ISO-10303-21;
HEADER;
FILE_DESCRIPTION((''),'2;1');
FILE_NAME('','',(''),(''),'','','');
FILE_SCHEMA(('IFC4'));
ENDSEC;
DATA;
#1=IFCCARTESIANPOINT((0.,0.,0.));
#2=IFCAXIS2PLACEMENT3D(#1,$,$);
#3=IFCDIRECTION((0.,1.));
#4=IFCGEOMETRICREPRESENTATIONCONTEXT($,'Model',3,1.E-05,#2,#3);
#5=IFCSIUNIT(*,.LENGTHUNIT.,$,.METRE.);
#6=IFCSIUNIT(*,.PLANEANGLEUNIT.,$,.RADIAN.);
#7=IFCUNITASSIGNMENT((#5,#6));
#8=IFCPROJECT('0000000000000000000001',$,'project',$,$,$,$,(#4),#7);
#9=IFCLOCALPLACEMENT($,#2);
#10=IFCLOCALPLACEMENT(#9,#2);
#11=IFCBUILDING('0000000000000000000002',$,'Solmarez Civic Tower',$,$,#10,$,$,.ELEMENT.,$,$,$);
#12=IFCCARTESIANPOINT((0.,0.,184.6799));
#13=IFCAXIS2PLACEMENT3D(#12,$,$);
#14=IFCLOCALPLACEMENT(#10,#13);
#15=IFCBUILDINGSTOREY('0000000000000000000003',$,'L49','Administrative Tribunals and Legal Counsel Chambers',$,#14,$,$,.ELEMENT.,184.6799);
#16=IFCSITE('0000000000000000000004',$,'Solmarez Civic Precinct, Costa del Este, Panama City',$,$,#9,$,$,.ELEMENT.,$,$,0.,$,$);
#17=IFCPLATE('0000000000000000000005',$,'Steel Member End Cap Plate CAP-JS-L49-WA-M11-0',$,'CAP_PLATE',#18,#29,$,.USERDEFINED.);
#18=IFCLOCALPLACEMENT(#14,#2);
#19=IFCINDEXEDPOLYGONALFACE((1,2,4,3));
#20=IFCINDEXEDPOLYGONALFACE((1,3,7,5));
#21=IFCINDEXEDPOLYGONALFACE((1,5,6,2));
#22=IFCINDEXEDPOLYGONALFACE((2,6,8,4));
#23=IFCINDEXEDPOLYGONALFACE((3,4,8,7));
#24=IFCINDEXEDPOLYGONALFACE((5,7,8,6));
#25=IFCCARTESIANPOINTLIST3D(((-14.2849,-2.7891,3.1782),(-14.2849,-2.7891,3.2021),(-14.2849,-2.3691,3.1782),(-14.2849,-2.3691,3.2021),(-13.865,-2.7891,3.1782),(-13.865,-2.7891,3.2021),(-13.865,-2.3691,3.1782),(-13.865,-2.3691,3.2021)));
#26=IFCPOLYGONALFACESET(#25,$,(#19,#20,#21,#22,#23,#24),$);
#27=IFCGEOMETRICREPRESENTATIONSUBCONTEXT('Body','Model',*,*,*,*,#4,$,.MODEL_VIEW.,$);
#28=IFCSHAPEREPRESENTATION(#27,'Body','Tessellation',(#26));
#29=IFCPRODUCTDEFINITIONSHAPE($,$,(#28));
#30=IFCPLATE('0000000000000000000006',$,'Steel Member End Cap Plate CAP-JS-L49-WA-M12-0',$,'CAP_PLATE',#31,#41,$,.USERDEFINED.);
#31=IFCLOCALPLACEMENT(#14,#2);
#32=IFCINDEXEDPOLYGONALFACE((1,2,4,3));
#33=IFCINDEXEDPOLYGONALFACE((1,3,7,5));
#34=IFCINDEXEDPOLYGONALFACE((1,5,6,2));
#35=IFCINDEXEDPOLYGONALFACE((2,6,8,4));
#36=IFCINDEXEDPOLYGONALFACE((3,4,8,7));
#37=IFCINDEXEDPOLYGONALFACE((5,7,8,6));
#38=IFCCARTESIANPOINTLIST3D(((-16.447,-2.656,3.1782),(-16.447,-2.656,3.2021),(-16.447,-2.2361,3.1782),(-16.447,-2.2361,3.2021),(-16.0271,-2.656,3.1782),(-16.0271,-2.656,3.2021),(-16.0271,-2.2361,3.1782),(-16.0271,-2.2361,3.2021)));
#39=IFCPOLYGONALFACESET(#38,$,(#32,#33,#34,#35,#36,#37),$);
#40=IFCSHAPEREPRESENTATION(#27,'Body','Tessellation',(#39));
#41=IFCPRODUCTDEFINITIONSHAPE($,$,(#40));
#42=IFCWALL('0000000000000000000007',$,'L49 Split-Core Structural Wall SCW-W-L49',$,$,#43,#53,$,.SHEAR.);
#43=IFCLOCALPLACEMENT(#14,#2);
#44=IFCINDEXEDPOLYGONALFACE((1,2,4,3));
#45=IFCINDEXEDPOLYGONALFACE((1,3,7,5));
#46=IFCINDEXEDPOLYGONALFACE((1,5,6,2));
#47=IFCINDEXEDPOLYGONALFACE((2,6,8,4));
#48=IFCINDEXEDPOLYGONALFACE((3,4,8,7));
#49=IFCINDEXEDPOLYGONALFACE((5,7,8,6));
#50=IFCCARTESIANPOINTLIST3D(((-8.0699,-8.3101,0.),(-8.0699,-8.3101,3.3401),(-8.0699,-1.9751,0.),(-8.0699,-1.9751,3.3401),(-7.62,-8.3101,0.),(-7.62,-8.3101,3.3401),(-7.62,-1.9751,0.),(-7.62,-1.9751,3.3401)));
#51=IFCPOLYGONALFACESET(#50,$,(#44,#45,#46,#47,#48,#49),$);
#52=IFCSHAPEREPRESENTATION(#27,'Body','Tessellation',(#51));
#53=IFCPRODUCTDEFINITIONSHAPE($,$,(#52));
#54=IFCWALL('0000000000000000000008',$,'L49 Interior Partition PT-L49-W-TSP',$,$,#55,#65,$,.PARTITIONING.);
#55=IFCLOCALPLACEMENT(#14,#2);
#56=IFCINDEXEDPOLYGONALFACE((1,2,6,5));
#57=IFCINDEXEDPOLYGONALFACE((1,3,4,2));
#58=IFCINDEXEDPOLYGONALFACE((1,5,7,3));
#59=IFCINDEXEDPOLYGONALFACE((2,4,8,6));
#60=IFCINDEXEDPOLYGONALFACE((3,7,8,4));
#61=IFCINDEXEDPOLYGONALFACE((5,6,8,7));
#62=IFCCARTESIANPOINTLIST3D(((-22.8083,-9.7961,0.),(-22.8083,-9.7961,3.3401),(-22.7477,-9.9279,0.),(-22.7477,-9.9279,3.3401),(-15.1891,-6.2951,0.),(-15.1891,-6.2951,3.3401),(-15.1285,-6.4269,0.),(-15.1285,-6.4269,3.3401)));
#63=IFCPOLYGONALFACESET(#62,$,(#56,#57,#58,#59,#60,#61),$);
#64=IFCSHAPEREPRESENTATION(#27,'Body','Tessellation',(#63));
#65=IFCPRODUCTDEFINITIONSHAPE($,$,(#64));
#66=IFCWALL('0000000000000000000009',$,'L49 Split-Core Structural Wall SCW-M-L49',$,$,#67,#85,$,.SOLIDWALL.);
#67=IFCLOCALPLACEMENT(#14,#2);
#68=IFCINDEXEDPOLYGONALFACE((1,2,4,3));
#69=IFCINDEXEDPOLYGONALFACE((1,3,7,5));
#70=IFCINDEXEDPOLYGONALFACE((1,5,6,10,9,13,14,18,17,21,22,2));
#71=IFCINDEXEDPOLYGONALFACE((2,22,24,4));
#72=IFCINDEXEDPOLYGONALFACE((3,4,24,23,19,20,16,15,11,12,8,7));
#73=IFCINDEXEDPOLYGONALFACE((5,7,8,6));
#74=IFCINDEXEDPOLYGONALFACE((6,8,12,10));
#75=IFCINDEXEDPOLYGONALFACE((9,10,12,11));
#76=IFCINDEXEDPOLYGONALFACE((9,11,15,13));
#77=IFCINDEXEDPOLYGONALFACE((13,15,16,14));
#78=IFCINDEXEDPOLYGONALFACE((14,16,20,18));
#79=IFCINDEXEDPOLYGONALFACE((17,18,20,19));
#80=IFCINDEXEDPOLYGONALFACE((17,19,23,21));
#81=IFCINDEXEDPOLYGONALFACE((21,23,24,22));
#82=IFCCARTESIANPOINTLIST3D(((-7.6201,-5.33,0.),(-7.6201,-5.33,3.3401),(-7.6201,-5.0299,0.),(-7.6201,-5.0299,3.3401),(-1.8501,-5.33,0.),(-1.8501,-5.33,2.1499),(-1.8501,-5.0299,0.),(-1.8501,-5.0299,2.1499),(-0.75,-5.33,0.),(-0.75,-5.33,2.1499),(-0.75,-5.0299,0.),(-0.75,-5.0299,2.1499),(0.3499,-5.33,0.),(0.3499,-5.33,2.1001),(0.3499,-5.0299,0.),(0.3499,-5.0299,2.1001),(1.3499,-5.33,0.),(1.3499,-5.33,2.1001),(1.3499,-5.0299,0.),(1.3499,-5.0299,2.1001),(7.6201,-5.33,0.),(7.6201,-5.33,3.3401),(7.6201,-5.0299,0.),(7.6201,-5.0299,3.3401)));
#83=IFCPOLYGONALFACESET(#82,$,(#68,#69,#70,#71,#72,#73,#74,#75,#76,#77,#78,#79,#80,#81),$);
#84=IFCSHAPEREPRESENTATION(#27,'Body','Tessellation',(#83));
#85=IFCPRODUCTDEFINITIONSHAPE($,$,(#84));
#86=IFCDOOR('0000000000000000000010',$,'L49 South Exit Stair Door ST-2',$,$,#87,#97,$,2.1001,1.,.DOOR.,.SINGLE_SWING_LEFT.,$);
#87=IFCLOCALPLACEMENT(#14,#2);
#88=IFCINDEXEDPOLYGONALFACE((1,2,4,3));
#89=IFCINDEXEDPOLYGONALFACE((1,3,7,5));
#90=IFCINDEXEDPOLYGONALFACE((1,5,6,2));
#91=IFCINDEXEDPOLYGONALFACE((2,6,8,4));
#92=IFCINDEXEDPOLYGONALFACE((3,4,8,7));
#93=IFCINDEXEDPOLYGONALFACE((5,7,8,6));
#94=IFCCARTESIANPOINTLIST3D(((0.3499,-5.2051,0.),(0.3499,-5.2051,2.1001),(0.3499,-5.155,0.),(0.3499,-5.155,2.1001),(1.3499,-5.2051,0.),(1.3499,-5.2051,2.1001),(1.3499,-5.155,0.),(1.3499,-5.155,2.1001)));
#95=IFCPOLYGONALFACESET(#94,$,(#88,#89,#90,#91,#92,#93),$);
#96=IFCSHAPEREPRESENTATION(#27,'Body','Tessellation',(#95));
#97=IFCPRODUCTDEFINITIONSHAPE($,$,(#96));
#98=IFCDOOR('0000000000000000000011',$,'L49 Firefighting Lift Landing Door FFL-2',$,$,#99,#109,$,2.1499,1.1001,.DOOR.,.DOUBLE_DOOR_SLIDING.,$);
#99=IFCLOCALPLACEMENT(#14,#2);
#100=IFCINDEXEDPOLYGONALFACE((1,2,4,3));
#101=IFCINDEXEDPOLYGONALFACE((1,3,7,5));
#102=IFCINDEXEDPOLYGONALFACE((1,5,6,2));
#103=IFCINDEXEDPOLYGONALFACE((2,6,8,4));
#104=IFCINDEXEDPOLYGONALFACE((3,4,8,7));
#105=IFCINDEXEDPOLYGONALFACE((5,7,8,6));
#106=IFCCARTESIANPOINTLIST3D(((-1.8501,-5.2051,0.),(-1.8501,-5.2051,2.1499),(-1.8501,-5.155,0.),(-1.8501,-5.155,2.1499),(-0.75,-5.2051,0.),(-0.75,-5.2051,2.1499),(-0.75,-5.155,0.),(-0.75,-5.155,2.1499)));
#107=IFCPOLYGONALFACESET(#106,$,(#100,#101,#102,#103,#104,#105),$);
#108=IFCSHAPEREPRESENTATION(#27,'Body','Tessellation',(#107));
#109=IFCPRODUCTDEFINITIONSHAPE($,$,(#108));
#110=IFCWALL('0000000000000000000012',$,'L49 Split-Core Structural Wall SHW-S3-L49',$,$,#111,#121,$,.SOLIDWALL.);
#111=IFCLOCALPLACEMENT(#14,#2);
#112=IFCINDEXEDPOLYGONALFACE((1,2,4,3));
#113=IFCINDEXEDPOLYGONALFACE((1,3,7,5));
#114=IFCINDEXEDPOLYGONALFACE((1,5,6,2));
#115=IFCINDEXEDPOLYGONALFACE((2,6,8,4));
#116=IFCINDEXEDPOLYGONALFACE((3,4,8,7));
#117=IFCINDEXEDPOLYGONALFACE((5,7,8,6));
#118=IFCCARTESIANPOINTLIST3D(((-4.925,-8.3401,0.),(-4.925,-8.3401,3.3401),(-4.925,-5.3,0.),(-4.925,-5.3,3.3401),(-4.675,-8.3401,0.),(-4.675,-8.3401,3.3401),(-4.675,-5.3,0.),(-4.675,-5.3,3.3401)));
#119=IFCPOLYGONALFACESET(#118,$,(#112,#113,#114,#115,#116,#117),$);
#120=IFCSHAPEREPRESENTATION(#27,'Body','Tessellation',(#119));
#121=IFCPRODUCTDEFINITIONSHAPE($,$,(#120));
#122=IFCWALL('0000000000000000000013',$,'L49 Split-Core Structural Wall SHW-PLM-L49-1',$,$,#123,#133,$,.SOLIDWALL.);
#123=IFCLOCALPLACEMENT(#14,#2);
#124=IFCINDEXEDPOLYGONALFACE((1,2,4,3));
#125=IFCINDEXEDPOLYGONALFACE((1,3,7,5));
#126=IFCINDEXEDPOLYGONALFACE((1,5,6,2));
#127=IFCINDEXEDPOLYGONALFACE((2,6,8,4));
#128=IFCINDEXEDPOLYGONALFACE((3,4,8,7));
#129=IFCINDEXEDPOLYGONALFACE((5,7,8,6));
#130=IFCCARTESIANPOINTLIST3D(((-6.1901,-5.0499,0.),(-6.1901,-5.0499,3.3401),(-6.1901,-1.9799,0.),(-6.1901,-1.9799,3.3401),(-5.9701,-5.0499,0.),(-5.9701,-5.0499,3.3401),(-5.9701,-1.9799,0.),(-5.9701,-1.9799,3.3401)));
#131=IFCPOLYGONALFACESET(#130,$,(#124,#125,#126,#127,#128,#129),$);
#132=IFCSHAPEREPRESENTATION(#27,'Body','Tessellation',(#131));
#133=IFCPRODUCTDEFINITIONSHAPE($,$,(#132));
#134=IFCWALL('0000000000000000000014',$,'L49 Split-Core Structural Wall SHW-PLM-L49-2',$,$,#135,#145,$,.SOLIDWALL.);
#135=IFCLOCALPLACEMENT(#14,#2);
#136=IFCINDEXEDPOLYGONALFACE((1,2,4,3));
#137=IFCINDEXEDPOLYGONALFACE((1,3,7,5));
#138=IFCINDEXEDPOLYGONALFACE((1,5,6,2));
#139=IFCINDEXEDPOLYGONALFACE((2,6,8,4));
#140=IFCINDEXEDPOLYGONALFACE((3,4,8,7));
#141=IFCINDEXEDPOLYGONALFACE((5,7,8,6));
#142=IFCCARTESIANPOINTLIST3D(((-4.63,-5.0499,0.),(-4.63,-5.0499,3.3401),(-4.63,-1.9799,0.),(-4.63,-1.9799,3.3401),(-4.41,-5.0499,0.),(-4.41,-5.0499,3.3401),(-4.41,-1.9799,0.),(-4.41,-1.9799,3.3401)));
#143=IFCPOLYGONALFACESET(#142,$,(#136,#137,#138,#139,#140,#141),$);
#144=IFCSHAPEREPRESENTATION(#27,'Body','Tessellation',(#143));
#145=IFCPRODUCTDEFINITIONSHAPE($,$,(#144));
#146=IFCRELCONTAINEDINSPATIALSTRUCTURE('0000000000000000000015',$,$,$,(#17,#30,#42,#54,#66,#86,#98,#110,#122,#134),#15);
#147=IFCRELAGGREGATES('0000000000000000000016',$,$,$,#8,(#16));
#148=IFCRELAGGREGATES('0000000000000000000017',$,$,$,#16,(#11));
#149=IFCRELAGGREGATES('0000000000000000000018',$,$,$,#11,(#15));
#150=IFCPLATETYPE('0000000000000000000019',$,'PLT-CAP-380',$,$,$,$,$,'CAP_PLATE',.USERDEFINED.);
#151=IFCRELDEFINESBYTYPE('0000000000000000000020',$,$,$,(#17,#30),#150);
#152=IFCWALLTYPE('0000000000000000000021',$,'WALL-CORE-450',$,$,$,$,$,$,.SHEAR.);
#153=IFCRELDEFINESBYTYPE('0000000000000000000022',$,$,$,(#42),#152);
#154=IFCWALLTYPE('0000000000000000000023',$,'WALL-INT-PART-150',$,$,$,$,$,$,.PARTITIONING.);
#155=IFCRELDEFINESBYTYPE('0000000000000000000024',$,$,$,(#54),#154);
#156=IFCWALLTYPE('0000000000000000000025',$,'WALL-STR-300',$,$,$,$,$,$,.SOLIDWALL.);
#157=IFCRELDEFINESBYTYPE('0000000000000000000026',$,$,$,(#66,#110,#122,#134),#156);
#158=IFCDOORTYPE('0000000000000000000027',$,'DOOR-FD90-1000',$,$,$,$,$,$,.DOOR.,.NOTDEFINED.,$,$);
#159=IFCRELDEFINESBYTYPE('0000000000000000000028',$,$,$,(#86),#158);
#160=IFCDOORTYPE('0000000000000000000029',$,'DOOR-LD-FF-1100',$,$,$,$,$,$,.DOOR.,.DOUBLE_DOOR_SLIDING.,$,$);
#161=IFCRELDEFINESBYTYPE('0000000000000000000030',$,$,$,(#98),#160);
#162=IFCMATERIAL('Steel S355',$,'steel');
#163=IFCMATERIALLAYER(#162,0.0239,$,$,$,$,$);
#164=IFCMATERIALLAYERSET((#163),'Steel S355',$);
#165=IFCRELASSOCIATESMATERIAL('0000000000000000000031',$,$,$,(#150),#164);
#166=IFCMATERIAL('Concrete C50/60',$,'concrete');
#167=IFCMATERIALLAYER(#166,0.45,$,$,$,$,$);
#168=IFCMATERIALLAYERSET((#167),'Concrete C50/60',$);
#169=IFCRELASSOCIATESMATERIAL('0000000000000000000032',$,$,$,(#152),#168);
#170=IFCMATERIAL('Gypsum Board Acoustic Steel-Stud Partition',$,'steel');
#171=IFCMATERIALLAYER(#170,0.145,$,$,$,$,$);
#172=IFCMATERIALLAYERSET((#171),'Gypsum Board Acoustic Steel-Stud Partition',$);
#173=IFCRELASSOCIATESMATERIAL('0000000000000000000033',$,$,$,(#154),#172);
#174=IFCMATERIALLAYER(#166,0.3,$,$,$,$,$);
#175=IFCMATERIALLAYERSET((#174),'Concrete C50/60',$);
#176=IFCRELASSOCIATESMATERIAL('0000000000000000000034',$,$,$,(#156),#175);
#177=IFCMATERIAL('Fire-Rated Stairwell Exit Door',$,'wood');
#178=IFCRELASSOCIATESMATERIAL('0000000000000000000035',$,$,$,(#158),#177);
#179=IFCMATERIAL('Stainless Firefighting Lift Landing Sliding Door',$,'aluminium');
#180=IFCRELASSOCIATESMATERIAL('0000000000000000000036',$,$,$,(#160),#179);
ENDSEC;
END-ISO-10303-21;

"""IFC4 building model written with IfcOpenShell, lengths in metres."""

from ifc_helpers import new_model, si_unit, direction, frame, frame_2d, origin, origin_2d, place, context, subcontext, project, spatial, rectangle, extrude, material, layer, layer_set, type_object, element, fill, save


model = new_model("IFC4")

# Units and contexts
model_context = context("Model", 3, precision=1e-05, world=origin(), true_north=direction((0.0, 1.0)))
body_context = subcontext(model_context, "Body", "Model", "MODEL_VIEW")
ifc_project = project(units=[si_unit("LENGTHUNIT", "METRE"), si_unit("PLANEANGLEUNIT", "RADIAN")], contexts=[model_context])

# Site, building, storey
site_placement = place(None, origin())
site = spatial("IfcSite", under=ifc_project, at=site_placement, Name="Solmarez Civic Precinct, Costa del Este, Panama City", CompositionType="ELEMENT", RefElevation=0.0)
building_placement = place(site_placement, origin())
building = spatial("IfcBuilding", under=site, at=building_placement, Name="Solmarez Civic Tower", CompositionType="ELEMENT")
storey_placement = place(building_placement, frame((0.0, 0.0, 184.6799)))
storey = spatial("IfcBuildingStorey", under=building, at=storey_placement, Name="L49", Description="Administrative Tribunals and Legal Counsel Chambers", CompositionType="ELEMENT", Elevation=184.6799)

# Shared definitions
ifc_material_1 = material(Name="Concrete C50/60", Category="concrete")

# Shared definitions
ifc_material_2 = material(Name="Steel S355", Category="steel")

# Plates
ifc_layer_1 = layer(ifc_material_2, 0.0239)
ifc_layer_set_1 = layer_set([ifc_layer_1], Name="Steel S355")
plate_type = type_object("IfcPlateType", Name="PLT-CAP-380", ElementType="CAP_PLATE", PredefinedType="USERDEFINED", material=ifc_layer_set_1)
for number, where, z_axis, x_axis, name in (
    (1, (-14.075, -2.5791, 3.1782), (0.0, 0.0, 1.0), (1.0, 0.0, 0.0), "Steel Member End Cap Plate CAP-JS-L49-WA-M11-0"),
    (2, (-16.2371, -2.446, 3.1782), (0.0, 0.0, 1.0), (1.0, 0.0, 0.0), "Steel Member End Cap Plate CAP-JS-L49-WA-M12-0"),
):
    element("IfcPlate", number, at=place(storey_placement, frame(where, z_axis=z_axis, x_axis=x_axis)), inside=storey, type_object=plate_type, Name=name, ObjectType="CAP_PLATE", PredefinedType="USERDEFINED", context=body_context, shape_type="SweptSolid", body=[
        extrude(rectangle(XDim=0.4199, YDim=0.4199, at=origin_2d()), origin(), (0.0, 0.0, 1.0), 0.0239),
    ])

# Walls
ifc_layer_2 = layer(ifc_material_1, 0.45)
ifc_layer_set_2 = layer_set([ifc_layer_2], Name="Concrete C50/60")
wall_type_1 = type_object("IfcWallType", Name="WALL-CORE-450", PredefinedType="SHEAR", material=ifc_layer_set_2)
wall_1_placement = place(storey_placement, frame((-7.845, -8.3101, 0.0), z_axis=(0.0, 0.0, 1.0), x_axis=(0.0, 1.0, 0.0)))
element("IfcWall", 3, at=wall_1_placement, inside=storey, type_object=wall_type_1, Name="L49 Split-Core Structural Wall SCW-W-L49", PredefinedType="SHEAR", context=body_context, shape_type="SweptSolid", body=[
    extrude(rectangle(XDim=6.335, YDim=0.45, at=frame_2d((3.1675, 0.0))), origin(), (0.0, 0.0, 1.0), 3.3401),
])
ifc_material_3 = material(Name="Gypsum Board Acoustic Steel-Stud Partition", Category="steel")
ifc_layer_3 = layer(ifc_material_3, 0.145)
ifc_layer_set_3 = layer_set([ifc_layer_3], Name="Gypsum Board Acoustic Steel-Stud Partition")
wall_type_2 = type_object("IfcWallType", Name="WALL-INT-PART-150", PredefinedType="PARTITIONING", material=ifc_layer_set_3)
wall_2_placement = place(storey_placement, frame((-15.1589, -6.3611, 0.0), z_axis=(0.0, 0.0, 1.0), x_axis=(-0.908664, -0.417529, 0.0)))
element("IfcWall", 4, at=wall_2_placement, inside=storey, type_object=wall_type_2, Name="L49 Interior Partition PT-L49-W-TSP", PredefinedType="PARTITIONING", context=body_context, shape_type="SweptSolid", body=[
    extrude(rectangle(XDim=8.385, YDim=0.145, at=frame_2d((4.1924, 0.0))), origin(), (0.0, 0.0, 1.0), 3.3401),
])

# Wall, openings, doors
ifc_layer_4 = layer(ifc_material_1, 0.3)
ifc_layer_set_4 = layer_set([ifc_layer_4], Name="Concrete C50/60")
wall_type_3 = type_object("IfcWallType", Name="WALL-STR-300", PredefinedType="SOLIDWALL", material=ifc_layer_set_4)
wall_3_placement = place(storey_placement, frame((-7.6201, -5.1799, 0.0), z_axis=(0.0, 0.0, 1.0), x_axis=(1.0, 0.0, 0.0)))
wall_3 = element("IfcWall", 5, at=wall_3_placement, inside=storey, type_object=wall_type_3, Name="L49 Split-Core Structural Wall SCW-M-L49", PredefinedType="SOLIDWALL", context=body_context, shape_type="SweptSolid", body=[
    extrude(rectangle(XDim=15.2402, YDim=0.3, at=frame_2d((7.6201, 0.0))), origin(), (0.0, 0.0, 1.0), 3.3401),
])
opening_1_placement = place(wall_3_placement, frame((5.77, 0.0, 0.0)))
opening_1 = element("IfcOpeningElement", 6, at=opening_1_placement, cuts=wall_3, PredefinedType="OPENING", context=body_context, shape_type="SweptSolid", body=[
    extrude(rectangle(XDim=1.1001, YDim=2.1499, at=frame_2d((0.55, 1.075))), frame((0.0, 0.1599, 0.0), z_axis=(0.0, -1.0, 0.0), x_axis=(1.0, 0.0, 0.0)), (0.0, 0.0, 1.0), 0.3201),
])
opening_2_placement = place(wall_3_placement, frame((7.97, 0.0, 0.0)))
opening_2 = element("IfcOpeningElement", 7, at=opening_2_placement, cuts=wall_3, PredefinedType="OPENING", context=body_context, shape_type="SweptSolid", body=[
    extrude(rectangle(XDim=1.0, YDim=2.1001, at=frame_2d((0.5, 1.05))), frame((0.0, 0.1599, 0.0), z_axis=(0.0, -1.0, 0.0), x_axis=(1.0, 0.0, 0.0)), (0.0, 0.0, 1.0), 0.3201),
])
ifc_material_4 = material(Name="Fire-Rated Stairwell Exit Door", Category="wood")
door_type_1 = type_object("IfcDoorType", Name="DOOR-FD90-1000", OperationType="NOTDEFINED", PredefinedType="DOOR", material=ifc_material_4)
door_1_placement = place(opening_2_placement, origin())
door_1 = element("IfcDoor", 8, at=door_1_placement, inside=storey, type_object=door_type_1, Name="L49 South Exit Stair Door ST-2", OperationType="SINGLE_SWING_LEFT", OverallHeight=2.1001, OverallWidth=1.0, PredefinedType="DOOR", context=body_context, shape_type="SweptSolid", body=[
    extrude(rectangle(XDim=1.0, YDim=2.1001, at=frame_2d((0.5, 1.05))), frame((0.0, 0.0249, 0.0), z_axis=(0.0, -1.0, 0.0), x_axis=(1.0, 0.0, 0.0)), (0.0, 0.0, 1.0), 0.05),
])
fill(opening_2, door_1)
ifc_material_5 = material(Name="Stainless Firefighting Lift Landing Sliding Door", Category="aluminium")
door_type_2 = type_object("IfcDoorType", Name="DOOR-LD-FF-1100", OperationType="DOUBLE_DOOR_SLIDING", PredefinedType="DOOR", material=ifc_material_5)
door_2_placement = place(opening_1_placement, origin())
door_2 = element("IfcDoor", 9, at=door_2_placement, inside=storey, type_object=door_type_2, Name="L49 Firefighting Lift Landing Door FFL-2", OperationType="DOUBLE_DOOR_SLIDING", OverallHeight=2.1499, OverallWidth=1.1001, PredefinedType="DOOR", context=body_context, shape_type="SweptSolid", body=[
    extrude(rectangle(XDim=1.1001, YDim=2.1499, at=frame_2d((0.55, 1.075))), frame((0.0, 0.0249, 0.0), z_axis=(0.0, -1.0, 0.0), x_axis=(1.0, 0.0, 0.0)), (0.0, 0.0, 1.0), 0.05),
])
fill(opening_1, door_2)

# Walls
wall_4_placement = place(storey_placement, frame((-4.8, -8.3401, 0.0), z_axis=(0.0, 0.0, 1.0), x_axis=(0.0, 1.0, 0.0)))
element("IfcWall", 10, at=wall_4_placement, inside=storey, type_object=wall_type_3, Name="L49 Split-Core Structural Wall SHW-S3-L49", PredefinedType="SOLIDWALL", context=body_context, shape_type="SweptSolid", body=[
    extrude(rectangle(XDim=3.04, YDim=0.25, at=frame_2d((1.52, 0.0))), origin(), (0.0, 0.0, 1.0), 3.3401),
])
for number, where, z_axis, x_axis, name in (
    (11, (-6.0801, -5.05, 0.0), (0.0, 0.0, 1.0), (0.0, 1.0, 0.0), "L49 Split-Core Structural Wall SHW-PLM-L49-1"),
    (12, (-4.52, -5.05, 0.0), (0.0, 0.0, 1.0), (0.0, 1.0, 0.0), "L49 Split-Core Structural Wall SHW-PLM-L49-2"),
):
    element("IfcWall", number, at=place(storey_placement, frame(where, z_axis=z_axis, x_axis=x_axis)), inside=storey, type_object=wall_type_3, Name=name, PredefinedType="SOLIDWALL", context=body_context, shape_type="SweptSolid", body=[
        extrude(rectangle(XDim=3.0701, YDim=0.22, at=frame_2d((1.5352, 0.0))), origin(), (0.0, 0.0, 1.0), 3.3401),
    ])

save(model, "model.ifc")
